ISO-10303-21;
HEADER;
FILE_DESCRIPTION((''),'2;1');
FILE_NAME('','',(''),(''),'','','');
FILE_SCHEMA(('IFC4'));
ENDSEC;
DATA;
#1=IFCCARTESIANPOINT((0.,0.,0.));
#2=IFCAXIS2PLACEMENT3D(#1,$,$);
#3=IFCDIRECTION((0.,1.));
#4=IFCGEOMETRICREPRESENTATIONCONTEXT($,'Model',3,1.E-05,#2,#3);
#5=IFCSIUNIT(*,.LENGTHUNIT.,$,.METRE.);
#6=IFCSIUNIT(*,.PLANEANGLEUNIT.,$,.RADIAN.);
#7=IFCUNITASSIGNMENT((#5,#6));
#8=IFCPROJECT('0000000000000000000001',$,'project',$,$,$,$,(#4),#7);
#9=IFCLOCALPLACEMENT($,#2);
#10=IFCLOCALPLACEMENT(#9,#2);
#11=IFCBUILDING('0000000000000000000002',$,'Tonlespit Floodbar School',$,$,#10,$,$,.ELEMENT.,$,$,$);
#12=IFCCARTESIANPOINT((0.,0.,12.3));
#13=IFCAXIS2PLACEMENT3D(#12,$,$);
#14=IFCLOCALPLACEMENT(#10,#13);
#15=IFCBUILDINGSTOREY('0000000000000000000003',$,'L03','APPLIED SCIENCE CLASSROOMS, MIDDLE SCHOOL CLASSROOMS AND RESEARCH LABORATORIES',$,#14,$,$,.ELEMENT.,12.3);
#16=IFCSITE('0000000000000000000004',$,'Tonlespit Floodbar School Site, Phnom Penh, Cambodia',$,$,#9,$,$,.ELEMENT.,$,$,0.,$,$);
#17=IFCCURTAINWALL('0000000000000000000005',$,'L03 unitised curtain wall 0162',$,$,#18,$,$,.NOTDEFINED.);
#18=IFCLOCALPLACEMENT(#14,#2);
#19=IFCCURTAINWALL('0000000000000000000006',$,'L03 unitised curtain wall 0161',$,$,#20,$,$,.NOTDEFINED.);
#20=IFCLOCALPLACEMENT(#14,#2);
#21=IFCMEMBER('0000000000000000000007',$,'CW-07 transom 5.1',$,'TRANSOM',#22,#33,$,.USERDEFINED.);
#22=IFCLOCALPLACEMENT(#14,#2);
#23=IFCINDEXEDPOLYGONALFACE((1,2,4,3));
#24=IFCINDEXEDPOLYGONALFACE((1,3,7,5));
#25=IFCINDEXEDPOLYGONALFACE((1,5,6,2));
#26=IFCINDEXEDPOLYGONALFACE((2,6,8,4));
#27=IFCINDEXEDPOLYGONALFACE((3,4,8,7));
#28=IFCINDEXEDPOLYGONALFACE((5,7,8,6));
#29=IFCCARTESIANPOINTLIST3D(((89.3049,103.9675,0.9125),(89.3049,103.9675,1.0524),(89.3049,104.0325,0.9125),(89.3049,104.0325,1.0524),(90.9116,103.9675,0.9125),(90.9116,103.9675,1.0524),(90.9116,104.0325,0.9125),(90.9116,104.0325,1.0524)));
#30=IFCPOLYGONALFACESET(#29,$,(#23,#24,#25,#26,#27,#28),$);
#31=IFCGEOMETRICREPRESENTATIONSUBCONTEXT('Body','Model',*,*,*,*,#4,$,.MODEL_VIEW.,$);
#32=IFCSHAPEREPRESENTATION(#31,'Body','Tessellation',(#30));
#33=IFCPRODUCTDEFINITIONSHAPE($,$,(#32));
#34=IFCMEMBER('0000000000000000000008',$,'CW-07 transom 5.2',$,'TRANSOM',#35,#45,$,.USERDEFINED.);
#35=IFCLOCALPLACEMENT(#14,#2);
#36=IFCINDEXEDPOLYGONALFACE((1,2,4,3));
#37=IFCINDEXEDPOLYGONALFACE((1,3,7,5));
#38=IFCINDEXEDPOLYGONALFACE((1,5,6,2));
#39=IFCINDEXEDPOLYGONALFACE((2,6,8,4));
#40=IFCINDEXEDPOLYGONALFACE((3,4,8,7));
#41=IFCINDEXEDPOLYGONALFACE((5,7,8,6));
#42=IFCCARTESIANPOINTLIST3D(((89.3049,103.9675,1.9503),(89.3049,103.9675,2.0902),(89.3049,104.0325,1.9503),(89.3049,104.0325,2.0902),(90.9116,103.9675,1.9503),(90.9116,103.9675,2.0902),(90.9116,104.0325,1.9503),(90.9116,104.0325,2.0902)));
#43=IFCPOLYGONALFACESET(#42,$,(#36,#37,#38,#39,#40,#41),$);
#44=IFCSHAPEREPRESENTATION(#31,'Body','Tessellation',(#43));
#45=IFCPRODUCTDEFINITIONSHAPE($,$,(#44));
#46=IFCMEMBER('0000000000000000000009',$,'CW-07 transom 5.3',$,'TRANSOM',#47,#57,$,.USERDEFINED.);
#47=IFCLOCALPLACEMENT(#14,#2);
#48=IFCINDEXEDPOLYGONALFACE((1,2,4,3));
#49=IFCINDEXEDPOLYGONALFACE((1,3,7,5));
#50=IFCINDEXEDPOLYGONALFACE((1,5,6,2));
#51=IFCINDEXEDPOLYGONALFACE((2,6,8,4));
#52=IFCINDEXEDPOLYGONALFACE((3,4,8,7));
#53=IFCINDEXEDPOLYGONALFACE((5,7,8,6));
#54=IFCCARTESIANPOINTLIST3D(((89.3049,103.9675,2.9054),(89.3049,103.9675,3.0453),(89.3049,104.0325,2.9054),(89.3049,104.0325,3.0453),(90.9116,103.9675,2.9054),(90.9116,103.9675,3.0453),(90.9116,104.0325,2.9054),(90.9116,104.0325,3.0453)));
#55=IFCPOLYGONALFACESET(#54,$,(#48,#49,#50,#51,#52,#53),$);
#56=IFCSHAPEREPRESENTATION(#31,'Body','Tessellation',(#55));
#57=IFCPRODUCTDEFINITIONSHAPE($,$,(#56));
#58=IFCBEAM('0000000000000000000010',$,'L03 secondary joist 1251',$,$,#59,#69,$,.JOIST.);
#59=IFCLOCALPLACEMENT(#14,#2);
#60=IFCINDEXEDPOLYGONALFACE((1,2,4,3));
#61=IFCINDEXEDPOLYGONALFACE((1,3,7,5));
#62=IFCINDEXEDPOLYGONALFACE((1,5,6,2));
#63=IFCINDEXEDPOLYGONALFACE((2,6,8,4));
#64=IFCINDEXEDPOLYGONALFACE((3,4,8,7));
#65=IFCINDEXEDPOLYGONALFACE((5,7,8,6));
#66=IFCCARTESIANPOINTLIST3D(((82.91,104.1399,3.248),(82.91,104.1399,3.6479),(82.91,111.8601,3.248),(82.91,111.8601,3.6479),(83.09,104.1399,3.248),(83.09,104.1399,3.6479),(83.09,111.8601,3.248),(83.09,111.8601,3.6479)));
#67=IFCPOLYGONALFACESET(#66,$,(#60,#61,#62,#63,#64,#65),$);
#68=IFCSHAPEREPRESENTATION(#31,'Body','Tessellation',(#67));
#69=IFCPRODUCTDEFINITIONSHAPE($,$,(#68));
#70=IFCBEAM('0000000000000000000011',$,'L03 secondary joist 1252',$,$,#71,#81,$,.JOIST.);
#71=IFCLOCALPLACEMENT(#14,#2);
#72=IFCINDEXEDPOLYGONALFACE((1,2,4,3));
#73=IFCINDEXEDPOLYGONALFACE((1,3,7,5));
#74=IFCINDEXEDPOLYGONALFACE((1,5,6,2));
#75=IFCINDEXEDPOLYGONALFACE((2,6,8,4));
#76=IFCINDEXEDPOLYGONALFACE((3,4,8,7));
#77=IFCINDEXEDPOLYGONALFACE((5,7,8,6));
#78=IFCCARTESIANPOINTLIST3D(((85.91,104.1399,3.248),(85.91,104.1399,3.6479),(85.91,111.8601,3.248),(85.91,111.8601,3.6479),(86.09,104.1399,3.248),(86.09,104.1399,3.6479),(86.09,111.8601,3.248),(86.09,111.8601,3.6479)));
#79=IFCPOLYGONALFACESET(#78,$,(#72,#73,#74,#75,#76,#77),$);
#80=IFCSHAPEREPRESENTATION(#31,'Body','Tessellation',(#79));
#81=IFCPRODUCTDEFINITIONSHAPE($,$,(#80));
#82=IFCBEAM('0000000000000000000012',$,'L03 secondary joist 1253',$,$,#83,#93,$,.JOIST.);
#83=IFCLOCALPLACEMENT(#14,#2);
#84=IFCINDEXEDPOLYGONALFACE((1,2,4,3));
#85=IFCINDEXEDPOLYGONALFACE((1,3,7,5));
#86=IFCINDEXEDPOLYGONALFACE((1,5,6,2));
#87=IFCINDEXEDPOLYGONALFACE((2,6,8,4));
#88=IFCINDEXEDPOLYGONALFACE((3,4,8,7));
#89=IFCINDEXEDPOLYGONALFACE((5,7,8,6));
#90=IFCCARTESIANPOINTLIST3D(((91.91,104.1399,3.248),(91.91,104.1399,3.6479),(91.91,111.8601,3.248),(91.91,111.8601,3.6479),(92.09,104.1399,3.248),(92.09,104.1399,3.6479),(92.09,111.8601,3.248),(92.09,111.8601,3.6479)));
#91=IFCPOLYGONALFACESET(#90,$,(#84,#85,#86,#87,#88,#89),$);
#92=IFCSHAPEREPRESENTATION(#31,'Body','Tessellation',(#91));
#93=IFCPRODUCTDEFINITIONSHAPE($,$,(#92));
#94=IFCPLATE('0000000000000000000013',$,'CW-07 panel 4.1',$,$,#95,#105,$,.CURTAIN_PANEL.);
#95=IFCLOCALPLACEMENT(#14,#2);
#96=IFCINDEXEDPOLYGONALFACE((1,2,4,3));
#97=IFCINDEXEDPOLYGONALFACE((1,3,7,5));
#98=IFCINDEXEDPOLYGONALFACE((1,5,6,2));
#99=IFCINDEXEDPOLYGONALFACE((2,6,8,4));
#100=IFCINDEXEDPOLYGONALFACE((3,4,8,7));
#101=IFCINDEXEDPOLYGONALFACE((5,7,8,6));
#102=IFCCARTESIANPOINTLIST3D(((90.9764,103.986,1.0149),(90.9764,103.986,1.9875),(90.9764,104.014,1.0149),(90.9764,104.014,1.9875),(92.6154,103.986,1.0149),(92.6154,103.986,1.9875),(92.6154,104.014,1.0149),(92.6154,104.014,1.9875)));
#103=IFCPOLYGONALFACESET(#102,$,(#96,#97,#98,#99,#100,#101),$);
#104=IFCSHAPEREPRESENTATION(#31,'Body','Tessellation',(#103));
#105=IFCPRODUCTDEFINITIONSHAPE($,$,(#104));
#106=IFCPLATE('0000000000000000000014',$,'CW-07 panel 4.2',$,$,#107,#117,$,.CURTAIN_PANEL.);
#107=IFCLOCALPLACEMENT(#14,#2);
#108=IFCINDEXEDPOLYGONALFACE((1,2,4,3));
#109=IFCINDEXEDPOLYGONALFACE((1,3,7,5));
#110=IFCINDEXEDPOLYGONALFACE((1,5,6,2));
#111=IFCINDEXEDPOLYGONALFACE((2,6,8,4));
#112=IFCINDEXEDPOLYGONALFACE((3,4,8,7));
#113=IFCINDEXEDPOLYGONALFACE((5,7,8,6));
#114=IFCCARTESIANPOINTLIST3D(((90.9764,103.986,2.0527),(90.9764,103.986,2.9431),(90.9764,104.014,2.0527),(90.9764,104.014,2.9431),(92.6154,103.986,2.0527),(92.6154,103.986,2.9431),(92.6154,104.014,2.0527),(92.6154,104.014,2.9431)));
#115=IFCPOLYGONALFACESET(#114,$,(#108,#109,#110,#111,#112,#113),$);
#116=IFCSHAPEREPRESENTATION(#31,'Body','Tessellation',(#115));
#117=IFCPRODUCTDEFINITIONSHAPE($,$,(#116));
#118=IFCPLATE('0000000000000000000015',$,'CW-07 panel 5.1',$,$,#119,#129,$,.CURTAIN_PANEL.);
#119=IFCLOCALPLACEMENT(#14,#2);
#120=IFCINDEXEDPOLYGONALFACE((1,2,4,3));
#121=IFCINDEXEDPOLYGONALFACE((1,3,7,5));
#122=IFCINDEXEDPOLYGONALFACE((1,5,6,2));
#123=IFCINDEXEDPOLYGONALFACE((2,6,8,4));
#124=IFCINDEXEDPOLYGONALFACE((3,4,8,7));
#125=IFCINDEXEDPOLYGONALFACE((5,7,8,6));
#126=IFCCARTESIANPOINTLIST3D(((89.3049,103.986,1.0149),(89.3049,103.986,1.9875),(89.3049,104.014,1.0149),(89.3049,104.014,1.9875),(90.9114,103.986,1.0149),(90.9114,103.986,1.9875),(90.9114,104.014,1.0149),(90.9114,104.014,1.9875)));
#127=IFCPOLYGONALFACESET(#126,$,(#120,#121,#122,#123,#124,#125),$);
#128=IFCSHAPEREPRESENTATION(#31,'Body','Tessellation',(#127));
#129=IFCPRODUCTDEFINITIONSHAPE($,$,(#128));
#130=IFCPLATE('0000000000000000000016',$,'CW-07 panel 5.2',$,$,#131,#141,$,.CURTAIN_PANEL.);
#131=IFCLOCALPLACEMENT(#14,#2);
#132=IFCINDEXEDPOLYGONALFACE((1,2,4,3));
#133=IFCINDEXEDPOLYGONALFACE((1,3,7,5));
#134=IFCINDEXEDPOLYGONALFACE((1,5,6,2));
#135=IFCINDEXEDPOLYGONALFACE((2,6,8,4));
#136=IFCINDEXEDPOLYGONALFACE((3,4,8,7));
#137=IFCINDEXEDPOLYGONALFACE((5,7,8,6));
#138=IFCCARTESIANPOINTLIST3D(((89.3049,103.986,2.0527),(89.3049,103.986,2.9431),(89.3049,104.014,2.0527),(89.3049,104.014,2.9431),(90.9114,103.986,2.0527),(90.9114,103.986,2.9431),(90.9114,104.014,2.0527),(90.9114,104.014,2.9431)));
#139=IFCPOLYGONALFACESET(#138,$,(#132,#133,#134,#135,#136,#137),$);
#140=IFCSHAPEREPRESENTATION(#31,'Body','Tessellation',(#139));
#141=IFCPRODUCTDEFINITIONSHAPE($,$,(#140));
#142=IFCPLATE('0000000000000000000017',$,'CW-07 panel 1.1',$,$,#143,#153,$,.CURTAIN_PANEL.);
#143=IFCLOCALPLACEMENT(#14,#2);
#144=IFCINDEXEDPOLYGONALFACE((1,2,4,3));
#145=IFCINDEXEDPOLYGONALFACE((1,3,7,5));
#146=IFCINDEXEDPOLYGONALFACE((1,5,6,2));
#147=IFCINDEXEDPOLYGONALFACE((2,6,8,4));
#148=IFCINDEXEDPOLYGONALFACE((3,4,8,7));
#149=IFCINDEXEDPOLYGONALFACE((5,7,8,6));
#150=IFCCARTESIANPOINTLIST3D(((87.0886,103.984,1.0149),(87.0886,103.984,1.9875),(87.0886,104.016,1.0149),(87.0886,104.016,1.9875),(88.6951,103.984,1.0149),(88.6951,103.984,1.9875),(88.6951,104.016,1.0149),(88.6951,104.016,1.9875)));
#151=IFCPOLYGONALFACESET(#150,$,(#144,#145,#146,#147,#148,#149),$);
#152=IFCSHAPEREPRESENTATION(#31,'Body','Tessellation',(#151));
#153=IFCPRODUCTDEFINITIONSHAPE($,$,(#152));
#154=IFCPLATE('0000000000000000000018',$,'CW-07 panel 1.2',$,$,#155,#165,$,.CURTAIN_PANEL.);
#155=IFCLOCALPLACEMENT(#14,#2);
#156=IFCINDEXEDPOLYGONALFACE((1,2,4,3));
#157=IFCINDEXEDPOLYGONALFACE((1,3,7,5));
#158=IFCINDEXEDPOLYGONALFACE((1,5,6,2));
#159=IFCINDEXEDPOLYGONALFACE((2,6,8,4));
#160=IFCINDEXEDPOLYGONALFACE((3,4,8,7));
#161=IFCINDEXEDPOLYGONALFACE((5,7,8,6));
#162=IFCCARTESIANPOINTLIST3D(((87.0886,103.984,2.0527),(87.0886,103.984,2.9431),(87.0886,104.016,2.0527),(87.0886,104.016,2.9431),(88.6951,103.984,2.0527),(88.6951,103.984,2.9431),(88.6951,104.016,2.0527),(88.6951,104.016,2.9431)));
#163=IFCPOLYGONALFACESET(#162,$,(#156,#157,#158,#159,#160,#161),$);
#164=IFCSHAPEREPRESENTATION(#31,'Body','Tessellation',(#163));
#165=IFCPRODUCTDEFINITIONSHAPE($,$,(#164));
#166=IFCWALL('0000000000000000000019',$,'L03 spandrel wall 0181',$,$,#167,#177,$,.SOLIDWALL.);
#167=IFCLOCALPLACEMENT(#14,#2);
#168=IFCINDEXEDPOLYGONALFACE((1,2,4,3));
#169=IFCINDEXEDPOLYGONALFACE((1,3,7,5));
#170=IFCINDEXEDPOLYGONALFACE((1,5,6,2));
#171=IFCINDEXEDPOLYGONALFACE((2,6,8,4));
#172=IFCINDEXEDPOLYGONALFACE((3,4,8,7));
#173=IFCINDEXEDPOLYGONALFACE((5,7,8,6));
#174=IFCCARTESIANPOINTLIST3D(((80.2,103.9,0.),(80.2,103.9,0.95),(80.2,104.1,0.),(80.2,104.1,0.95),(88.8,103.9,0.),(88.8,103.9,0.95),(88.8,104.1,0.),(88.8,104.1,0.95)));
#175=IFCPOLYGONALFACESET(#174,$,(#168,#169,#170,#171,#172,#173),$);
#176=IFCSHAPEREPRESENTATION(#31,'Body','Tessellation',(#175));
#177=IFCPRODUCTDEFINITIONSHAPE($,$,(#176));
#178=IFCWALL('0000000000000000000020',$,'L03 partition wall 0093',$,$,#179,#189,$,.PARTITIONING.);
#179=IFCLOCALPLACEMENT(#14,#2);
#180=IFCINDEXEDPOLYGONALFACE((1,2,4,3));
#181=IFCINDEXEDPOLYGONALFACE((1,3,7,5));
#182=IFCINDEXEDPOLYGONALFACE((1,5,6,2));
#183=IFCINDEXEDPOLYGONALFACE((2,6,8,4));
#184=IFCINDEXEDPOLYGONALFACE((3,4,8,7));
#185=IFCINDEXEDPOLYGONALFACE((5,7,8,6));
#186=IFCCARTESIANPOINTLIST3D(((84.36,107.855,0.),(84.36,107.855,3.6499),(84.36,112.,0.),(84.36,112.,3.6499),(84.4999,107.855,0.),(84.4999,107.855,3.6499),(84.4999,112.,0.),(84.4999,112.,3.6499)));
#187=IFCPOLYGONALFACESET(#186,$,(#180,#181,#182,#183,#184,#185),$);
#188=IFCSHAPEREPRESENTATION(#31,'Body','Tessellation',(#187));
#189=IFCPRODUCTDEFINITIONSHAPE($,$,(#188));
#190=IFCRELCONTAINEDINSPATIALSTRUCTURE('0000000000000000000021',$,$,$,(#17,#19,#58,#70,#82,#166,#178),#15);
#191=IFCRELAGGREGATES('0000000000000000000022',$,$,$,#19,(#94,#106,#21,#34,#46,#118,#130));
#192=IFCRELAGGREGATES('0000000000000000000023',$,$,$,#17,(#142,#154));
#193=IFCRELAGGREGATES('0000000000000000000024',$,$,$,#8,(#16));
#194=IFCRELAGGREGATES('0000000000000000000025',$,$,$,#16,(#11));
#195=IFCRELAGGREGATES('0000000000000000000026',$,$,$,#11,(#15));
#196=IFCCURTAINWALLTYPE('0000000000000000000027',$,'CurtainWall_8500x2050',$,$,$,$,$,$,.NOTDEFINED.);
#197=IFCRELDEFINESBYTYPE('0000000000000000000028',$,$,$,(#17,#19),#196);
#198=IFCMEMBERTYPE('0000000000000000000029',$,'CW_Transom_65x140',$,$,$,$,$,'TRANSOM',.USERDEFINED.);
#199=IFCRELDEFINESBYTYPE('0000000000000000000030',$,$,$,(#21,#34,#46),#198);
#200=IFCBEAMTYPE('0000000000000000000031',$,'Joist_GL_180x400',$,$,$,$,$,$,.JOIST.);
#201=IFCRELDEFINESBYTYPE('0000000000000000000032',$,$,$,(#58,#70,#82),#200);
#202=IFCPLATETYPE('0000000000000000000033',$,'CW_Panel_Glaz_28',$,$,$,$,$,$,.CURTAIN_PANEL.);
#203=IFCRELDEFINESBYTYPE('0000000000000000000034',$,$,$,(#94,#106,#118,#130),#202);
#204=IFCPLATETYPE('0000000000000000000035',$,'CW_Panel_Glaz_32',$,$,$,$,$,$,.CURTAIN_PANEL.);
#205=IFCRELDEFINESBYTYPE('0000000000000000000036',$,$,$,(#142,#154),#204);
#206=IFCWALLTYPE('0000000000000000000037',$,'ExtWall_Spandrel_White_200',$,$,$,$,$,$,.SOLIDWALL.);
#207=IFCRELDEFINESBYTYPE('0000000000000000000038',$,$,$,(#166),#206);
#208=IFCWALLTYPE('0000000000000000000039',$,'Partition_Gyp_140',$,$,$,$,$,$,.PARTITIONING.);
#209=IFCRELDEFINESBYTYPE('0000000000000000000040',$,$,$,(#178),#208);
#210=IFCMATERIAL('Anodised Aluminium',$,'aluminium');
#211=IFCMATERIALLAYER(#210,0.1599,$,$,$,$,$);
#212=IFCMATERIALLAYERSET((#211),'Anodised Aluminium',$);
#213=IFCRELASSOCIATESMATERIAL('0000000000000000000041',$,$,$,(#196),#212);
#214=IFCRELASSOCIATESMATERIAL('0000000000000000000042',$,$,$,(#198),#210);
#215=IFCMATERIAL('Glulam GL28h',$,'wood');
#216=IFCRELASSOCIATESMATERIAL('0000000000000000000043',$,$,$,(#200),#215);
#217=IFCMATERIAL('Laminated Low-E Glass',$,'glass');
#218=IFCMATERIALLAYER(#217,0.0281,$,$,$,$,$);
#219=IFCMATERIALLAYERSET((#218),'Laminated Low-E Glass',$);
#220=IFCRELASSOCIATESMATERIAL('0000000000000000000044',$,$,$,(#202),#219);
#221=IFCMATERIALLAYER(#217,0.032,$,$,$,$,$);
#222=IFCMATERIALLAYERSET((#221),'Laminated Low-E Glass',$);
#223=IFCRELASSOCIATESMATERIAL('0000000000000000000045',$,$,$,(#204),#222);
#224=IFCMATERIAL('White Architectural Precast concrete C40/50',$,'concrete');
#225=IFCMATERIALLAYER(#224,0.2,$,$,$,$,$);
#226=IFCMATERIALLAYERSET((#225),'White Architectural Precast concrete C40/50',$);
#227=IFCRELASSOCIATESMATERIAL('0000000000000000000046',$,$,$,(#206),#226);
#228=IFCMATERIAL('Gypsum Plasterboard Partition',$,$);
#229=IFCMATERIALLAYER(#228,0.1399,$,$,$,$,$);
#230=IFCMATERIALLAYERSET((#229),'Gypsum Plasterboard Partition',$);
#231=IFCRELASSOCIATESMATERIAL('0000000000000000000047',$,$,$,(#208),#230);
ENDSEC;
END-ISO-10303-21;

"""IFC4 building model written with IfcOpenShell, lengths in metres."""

from ifc_helpers import new_model, si_unit, direction, frame, frame_2d, origin, origin_2d, place, context, subcontext, project, spatial, rectangle, extrude, material, layer, layer_set, material_profile, profile_set, type_object, element, aggregate, save


model = new_model("IFC4")

# Units and contexts
model_context = context("Model", 3, precision=1e-05, world=origin(), true_north=direction((0.0, 1.0)))
body_context = subcontext(model_context, "Body", "Model", "MODEL_VIEW")
ifc_project = project(units=[si_unit("LENGTHUNIT", "METRE"), si_unit("PLANEANGLEUNIT", "RADIAN")], contexts=[model_context])

# Site, building, storey
site_placement = place(None, origin())
site = spatial("IfcSite", under=ifc_project, at=site_placement, Name="Tonlespit Floodbar School Site, Phnom Penh, Cambodia", CompositionType="ELEMENT", RefElevation=0.0)
building_placement = place(site_placement, origin())
building = spatial("IfcBuilding", under=site, at=building_placement, Name="Tonlespit Floodbar School", CompositionType="ELEMENT")
storey_placement = place(building_placement, frame((0.0, 0.0, 12.3)))
storey = spatial("IfcBuildingStorey", under=building, at=storey_placement, Name="L03", Description="APPLIED SCIENCE CLASSROOMS, MIDDLE SCHOOL CLASSROOMS AND RESEARCH LABORATORIES", CompositionType="ELEMENT", Elevation=12.3)

# Shared definitions
ifc_material_1 = material(Name="Glulam GL28h", Category="wood")

# Curtain wall
ifc_material_2 = material(Name="Anodised Aluminium", Category="aluminium")
ifc_layer_1 = layer(ifc_material_2, 0.1599)
ifc_layer_set_1 = layer_set([ifc_layer_1], Name="Anodised Aluminium")
curtain_wall_type = type_object("IfcCurtainWallType", Name="CurtainWall_8500x2050", PredefinedType="NOTDEFINED", material=ifc_layer_set_1)
curtain_wall_1_placement = place(storey_placement, origin())
curtain_wall_1 = element("IfcCurtainWall", 1, at=curtain_wall_1_placement, inside=storey, type_object=curtain_wall_type, Name="L03 unitised curtain wall 0162", PredefinedType="NOTDEFINED")

# Curtain wall
curtain_wall_2_placement = place(storey_placement, origin())
curtain_wall_2 = element("IfcCurtainWall", 2, at=curtain_wall_2_placement, inside=storey, type_object=curtain_wall_type, Name="L03 unitised curtain wall 0161", PredefinedType="NOTDEFINED")

# Members
ifc_material_profile_1 = material_profile(ifc_material_2, rectangle(XDim=0.0649, YDim=0.1399, at=origin_2d()), Name="ALU T65x140")
ifc_profile_set_1 = profile_set([ifc_material_profile_1], Name="Anodised Aluminium")
member_type_1 = type_object("IfcMemberType", Name="CW_Transom_65x140", ElementType="TRANSOM", PredefinedType="USERDEFINED", material=ifc_profile_set_1)
member_1_placement = place(storey_placement, frame((90.9116, 104.0, 0.9824), z_axis=(-1.0, 0.0, 0.0), x_axis=(0.0, -1.0, 0.0)))
member_1 = element("IfcMember", 3, at=member_1_placement, type_object=member_type_1, Name="CW-07 transom 5.1", ObjectType="TRANSOM", PredefinedType="USERDEFINED", context=body_context, shape_type="SweptSolid", body=[
    extrude(rectangle(XDim=0.0649, YDim=0.1399, at=origin_2d()), origin(), (0.0, 0.0, 1.0), 1.6067),
])
member_2_placement = place(storey_placement, frame((90.9116, 104.0, 2.0203), z_axis=(-1.0, 0.0, 0.0), x_axis=(0.0, -1.0, 0.0)))
member_2 = element("IfcMember", 4, at=member_2_placement, type_object=member_type_1, Name="CW-07 transom 5.2", ObjectType="TRANSOM", PredefinedType="USERDEFINED", context=body_context, shape_type="SweptSolid", body=[
    extrude(rectangle(XDim=0.0649, YDim=0.1399, at=origin_2d()), origin(), (0.0, 0.0, 1.0), 1.6067),
])
member_3_placement = place(storey_placement, frame((90.9116, 104.0, 2.9753), z_axis=(-1.0, 0.0, 0.0), x_axis=(0.0, -1.0, 0.0)))
member_3 = element("IfcMember", 5, at=member_3_placement, type_object=member_type_1, Name="CW-07 transom 5.3", ObjectType="TRANSOM", PredefinedType="USERDEFINED", context=body_context, shape_type="SweptSolid", body=[
    extrude(rectangle(XDim=0.0649, YDim=0.1399, at=origin_2d()), origin(), (0.0, 0.0, 1.0), 1.6067),
])

# Beams
ifc_material_profile_2 = material_profile(ifc_material_1, rectangle(XDim=0.1799, YDim=0.3999, at=origin_2d()), Name="GL 180x400")
ifc_profile_set_2 = profile_set([ifc_material_profile_2], Name="Glulam GL28h")
beam_type_1 = type_object("IfcBeamType", Name="Joist_GL_180x400", PredefinedType="JOIST", material=ifc_profile_set_2)
for number, where, z_axis, x_axis, name in (
    (6, (83.0, 104.1399, 3.448), (0.0, 1.0, 0.0), (-1.0, 0.0, 0.0), "L03 secondary joist 1251"),
    (7, (86.0, 104.1399, 3.448), (0.0, 1.0, 0.0), (-1.0, 0.0, 0.0), "L03 secondary joist 1252"),
    (8, (92.0, 104.1399, 3.448), (0.0, 1.0, 0.0), (-1.0, 0.0, 0.0), "L03 secondary joist 1253"),
):
    element("IfcBeam", number, at=place(storey_placement, frame(where, z_axis=z_axis, x_axis=x_axis)), inside=storey, type_object=beam_type_1, Name=name, PredefinedType="JOIST", context=body_context, shape_type="SweptSolid", body=[
        extrude(rectangle(XDim=0.1799, YDim=0.3999, at=origin_2d()), origin(), (0.0, 0.0, 1.0), 7.7202),
    ])

# Plates
ifc_material_3 = material(Name="Laminated Low-E Glass", Category="glass")
ifc_layer_2 = layer(ifc_material_3, 0.0281)
ifc_layer_set_2 = layer_set([ifc_layer_2], Name="Laminated Low-E Glass")
plate_type_1 = type_object("IfcPlateType", Name="CW_Panel_Glaz_28", PredefinedType="CURTAIN_PANEL", material=ifc_layer_set_2)
plate_1_placement = place(storey_placement, frame((91.7959, 104.0, 1.0149), z_axis=(0.0, 0.0, 1.0), x_axis=(-1.0, 0.0, 0.0)))
plate_1 = element("IfcPlate", 9, at=plate_1_placement, type_object=plate_type_1, Name="CW-07 panel 4.1", PredefinedType="CURTAIN_PANEL", context=body_context, shape_type="SweptSolid", body=[
    extrude(rectangle(XDim=1.6389, YDim=0.0281, at=origin_2d()), origin(), (0.0, 0.0, 1.0), 0.9727),
])
plate_2_placement = place(storey_placement, frame((91.7959, 104.0, 2.0527), z_axis=(0.0, 0.0, 1.0), x_axis=(-1.0, 0.0, 0.0)))
plate_2 = element("IfcPlate", 10, at=plate_2_placement, type_object=plate_type_1, Name="CW-07 panel 4.2", PredefinedType="CURTAIN_PANEL", context=body_context, shape_type="SweptSolid", body=[
    extrude(rectangle(XDim=1.6389, YDim=0.0281, at=origin_2d()), origin(), (0.0, 0.0, 1.0), 0.8904),
])
plate_3_placement = place(storey_placement, frame((90.1082, 104.0, 1.0149), z_axis=(0.0, 0.0, 1.0), x_axis=(-1.0, 0.0, 0.0)))
plate_3 = element("IfcPlate", 11, at=plate_3_placement, type_object=plate_type_1, Name="CW-07 panel 5.1", PredefinedType="CURTAIN_PANEL", context=body_context, shape_type="SweptSolid", body=[
    extrude(rectangle(XDim=1.6064, YDim=0.0281, at=origin_2d()), origin(), (0.0, 0.0, 1.0), 0.9727),
])
plate_4_placement = place(storey_placement, frame((90.1082, 104.0, 2.0527), z_axis=(0.0, 0.0, 1.0), x_axis=(-1.0, 0.0, 0.0)))
plate_4 = element("IfcPlate", 12, at=plate_4_placement, type_object=plate_type_1, Name="CW-07 panel 5.2", PredefinedType="CURTAIN_PANEL", context=body_context, shape_type="SweptSolid", body=[
    extrude(rectangle(XDim=1.6064, YDim=0.0281, at=origin_2d()), origin(), (0.0, 0.0, 1.0), 0.8904),
])
aggregate(curtain_wall_2, [plate_1, plate_2, member_1, member_2, member_3, plate_3, plate_4])
ifc_layer_3 = layer(ifc_material_3, 0.032)
ifc_layer_set_3 = layer_set([ifc_layer_3], Name="Laminated Low-E Glass")
plate_type_2 = type_object("IfcPlateType", Name="CW_Panel_Glaz_32", PredefinedType="CURTAIN_PANEL", material=ifc_layer_set_3)
plate_5_placement = place(storey_placement, frame((87.8918, 104.0, 1.0149), z_axis=(0.0, 0.0, 1.0), x_axis=(-1.0, 0.0, 0.0)))
plate_5 = element("IfcPlate", 13, at=plate_5_placement, type_object=plate_type_2, Name="CW-07 panel 1.1", PredefinedType="CURTAIN_PANEL", context=body_context, shape_type="SweptSolid", body=[
    extrude(rectangle(XDim=1.6064, YDim=0.032, at=origin_2d()), origin(), (0.0, 0.0, 1.0), 0.9727),
])
plate_6_placement = place(storey_placement, frame((87.8918, 104.0, 2.0527), z_axis=(0.0, 0.0, 1.0), x_axis=(-1.0, 0.0, 0.0)))
plate_6 = element("IfcPlate", 14, at=plate_6_placement, type_object=plate_type_2, Name="CW-07 panel 1.2", PredefinedType="CURTAIN_PANEL", context=body_context, shape_type="SweptSolid", body=[
    extrude(rectangle(XDim=1.6064, YDim=0.032, at=origin_2d()), origin(), (0.0, 0.0, 1.0), 0.8904),
])
aggregate(curtain_wall_1, [plate_5, plate_6])

# Walls
ifc_material_4 = material(Name="White Architectural Precast concrete C40/50", Category="concrete")
ifc_layer_4 = layer(ifc_material_4, 0.2)
ifc_layer_set_4 = layer_set([ifc_layer_4], Name="White Architectural Precast concrete C40/50")
wall_type_1 = type_object("IfcWallType", Name="ExtWall_Spandrel_White_200", PredefinedType="SOLIDWALL", material=ifc_layer_set_4)
wall_1_placement = place(storey_placement, frame((88.8, 104.0, 0.0), z_axis=(0.0, 0.0, 1.0), x_axis=(-1.0, 0.0, 0.0)))
element("IfcWall", 15, at=wall_1_placement, inside=storey, type_object=wall_type_1, Name="L03 spandrel wall 0181", PredefinedType="SOLIDWALL", context=body_context, shape_type="SweptSolid", body=[
    extrude(rectangle(XDim=8.6001, YDim=0.2, at=frame_2d((4.3, 0.0))), origin(), (0.0, 0.0, 1.0), 0.95),
])
ifc_material_5 = material(Name="Gypsum Plasterboard Partition")
ifc_layer_5 = layer(ifc_material_5, 0.1399)
ifc_layer_set_5 = layer_set([ifc_layer_5], Name="Gypsum Plasterboard Partition")
wall_type_2 = type_object("IfcWallType", Name="Partition_Gyp_140", PredefinedType="PARTITIONING", material=ifc_layer_set_5)
wall_2_placement = place(storey_placement, frame((84.4299, 107.855, 0.0), z_axis=(0.0, 0.0, 1.0), x_axis=(0.0, 1.0, 0.0)))
element("IfcWall", 16, at=wall_2_placement, inside=storey, type_object=wall_type_2, Name="L03 partition wall 0093", PredefinedType="PARTITIONING", context=body_context, shape_type="SweptSolid", body=[
    extrude(rectangle(XDim=4.145, YDim=0.1399, at=frame_2d((2.0725, 0.0))), origin(), (0.0, 0.0, 1.0), 3.6499),
])

save(model, "model.ifc")
